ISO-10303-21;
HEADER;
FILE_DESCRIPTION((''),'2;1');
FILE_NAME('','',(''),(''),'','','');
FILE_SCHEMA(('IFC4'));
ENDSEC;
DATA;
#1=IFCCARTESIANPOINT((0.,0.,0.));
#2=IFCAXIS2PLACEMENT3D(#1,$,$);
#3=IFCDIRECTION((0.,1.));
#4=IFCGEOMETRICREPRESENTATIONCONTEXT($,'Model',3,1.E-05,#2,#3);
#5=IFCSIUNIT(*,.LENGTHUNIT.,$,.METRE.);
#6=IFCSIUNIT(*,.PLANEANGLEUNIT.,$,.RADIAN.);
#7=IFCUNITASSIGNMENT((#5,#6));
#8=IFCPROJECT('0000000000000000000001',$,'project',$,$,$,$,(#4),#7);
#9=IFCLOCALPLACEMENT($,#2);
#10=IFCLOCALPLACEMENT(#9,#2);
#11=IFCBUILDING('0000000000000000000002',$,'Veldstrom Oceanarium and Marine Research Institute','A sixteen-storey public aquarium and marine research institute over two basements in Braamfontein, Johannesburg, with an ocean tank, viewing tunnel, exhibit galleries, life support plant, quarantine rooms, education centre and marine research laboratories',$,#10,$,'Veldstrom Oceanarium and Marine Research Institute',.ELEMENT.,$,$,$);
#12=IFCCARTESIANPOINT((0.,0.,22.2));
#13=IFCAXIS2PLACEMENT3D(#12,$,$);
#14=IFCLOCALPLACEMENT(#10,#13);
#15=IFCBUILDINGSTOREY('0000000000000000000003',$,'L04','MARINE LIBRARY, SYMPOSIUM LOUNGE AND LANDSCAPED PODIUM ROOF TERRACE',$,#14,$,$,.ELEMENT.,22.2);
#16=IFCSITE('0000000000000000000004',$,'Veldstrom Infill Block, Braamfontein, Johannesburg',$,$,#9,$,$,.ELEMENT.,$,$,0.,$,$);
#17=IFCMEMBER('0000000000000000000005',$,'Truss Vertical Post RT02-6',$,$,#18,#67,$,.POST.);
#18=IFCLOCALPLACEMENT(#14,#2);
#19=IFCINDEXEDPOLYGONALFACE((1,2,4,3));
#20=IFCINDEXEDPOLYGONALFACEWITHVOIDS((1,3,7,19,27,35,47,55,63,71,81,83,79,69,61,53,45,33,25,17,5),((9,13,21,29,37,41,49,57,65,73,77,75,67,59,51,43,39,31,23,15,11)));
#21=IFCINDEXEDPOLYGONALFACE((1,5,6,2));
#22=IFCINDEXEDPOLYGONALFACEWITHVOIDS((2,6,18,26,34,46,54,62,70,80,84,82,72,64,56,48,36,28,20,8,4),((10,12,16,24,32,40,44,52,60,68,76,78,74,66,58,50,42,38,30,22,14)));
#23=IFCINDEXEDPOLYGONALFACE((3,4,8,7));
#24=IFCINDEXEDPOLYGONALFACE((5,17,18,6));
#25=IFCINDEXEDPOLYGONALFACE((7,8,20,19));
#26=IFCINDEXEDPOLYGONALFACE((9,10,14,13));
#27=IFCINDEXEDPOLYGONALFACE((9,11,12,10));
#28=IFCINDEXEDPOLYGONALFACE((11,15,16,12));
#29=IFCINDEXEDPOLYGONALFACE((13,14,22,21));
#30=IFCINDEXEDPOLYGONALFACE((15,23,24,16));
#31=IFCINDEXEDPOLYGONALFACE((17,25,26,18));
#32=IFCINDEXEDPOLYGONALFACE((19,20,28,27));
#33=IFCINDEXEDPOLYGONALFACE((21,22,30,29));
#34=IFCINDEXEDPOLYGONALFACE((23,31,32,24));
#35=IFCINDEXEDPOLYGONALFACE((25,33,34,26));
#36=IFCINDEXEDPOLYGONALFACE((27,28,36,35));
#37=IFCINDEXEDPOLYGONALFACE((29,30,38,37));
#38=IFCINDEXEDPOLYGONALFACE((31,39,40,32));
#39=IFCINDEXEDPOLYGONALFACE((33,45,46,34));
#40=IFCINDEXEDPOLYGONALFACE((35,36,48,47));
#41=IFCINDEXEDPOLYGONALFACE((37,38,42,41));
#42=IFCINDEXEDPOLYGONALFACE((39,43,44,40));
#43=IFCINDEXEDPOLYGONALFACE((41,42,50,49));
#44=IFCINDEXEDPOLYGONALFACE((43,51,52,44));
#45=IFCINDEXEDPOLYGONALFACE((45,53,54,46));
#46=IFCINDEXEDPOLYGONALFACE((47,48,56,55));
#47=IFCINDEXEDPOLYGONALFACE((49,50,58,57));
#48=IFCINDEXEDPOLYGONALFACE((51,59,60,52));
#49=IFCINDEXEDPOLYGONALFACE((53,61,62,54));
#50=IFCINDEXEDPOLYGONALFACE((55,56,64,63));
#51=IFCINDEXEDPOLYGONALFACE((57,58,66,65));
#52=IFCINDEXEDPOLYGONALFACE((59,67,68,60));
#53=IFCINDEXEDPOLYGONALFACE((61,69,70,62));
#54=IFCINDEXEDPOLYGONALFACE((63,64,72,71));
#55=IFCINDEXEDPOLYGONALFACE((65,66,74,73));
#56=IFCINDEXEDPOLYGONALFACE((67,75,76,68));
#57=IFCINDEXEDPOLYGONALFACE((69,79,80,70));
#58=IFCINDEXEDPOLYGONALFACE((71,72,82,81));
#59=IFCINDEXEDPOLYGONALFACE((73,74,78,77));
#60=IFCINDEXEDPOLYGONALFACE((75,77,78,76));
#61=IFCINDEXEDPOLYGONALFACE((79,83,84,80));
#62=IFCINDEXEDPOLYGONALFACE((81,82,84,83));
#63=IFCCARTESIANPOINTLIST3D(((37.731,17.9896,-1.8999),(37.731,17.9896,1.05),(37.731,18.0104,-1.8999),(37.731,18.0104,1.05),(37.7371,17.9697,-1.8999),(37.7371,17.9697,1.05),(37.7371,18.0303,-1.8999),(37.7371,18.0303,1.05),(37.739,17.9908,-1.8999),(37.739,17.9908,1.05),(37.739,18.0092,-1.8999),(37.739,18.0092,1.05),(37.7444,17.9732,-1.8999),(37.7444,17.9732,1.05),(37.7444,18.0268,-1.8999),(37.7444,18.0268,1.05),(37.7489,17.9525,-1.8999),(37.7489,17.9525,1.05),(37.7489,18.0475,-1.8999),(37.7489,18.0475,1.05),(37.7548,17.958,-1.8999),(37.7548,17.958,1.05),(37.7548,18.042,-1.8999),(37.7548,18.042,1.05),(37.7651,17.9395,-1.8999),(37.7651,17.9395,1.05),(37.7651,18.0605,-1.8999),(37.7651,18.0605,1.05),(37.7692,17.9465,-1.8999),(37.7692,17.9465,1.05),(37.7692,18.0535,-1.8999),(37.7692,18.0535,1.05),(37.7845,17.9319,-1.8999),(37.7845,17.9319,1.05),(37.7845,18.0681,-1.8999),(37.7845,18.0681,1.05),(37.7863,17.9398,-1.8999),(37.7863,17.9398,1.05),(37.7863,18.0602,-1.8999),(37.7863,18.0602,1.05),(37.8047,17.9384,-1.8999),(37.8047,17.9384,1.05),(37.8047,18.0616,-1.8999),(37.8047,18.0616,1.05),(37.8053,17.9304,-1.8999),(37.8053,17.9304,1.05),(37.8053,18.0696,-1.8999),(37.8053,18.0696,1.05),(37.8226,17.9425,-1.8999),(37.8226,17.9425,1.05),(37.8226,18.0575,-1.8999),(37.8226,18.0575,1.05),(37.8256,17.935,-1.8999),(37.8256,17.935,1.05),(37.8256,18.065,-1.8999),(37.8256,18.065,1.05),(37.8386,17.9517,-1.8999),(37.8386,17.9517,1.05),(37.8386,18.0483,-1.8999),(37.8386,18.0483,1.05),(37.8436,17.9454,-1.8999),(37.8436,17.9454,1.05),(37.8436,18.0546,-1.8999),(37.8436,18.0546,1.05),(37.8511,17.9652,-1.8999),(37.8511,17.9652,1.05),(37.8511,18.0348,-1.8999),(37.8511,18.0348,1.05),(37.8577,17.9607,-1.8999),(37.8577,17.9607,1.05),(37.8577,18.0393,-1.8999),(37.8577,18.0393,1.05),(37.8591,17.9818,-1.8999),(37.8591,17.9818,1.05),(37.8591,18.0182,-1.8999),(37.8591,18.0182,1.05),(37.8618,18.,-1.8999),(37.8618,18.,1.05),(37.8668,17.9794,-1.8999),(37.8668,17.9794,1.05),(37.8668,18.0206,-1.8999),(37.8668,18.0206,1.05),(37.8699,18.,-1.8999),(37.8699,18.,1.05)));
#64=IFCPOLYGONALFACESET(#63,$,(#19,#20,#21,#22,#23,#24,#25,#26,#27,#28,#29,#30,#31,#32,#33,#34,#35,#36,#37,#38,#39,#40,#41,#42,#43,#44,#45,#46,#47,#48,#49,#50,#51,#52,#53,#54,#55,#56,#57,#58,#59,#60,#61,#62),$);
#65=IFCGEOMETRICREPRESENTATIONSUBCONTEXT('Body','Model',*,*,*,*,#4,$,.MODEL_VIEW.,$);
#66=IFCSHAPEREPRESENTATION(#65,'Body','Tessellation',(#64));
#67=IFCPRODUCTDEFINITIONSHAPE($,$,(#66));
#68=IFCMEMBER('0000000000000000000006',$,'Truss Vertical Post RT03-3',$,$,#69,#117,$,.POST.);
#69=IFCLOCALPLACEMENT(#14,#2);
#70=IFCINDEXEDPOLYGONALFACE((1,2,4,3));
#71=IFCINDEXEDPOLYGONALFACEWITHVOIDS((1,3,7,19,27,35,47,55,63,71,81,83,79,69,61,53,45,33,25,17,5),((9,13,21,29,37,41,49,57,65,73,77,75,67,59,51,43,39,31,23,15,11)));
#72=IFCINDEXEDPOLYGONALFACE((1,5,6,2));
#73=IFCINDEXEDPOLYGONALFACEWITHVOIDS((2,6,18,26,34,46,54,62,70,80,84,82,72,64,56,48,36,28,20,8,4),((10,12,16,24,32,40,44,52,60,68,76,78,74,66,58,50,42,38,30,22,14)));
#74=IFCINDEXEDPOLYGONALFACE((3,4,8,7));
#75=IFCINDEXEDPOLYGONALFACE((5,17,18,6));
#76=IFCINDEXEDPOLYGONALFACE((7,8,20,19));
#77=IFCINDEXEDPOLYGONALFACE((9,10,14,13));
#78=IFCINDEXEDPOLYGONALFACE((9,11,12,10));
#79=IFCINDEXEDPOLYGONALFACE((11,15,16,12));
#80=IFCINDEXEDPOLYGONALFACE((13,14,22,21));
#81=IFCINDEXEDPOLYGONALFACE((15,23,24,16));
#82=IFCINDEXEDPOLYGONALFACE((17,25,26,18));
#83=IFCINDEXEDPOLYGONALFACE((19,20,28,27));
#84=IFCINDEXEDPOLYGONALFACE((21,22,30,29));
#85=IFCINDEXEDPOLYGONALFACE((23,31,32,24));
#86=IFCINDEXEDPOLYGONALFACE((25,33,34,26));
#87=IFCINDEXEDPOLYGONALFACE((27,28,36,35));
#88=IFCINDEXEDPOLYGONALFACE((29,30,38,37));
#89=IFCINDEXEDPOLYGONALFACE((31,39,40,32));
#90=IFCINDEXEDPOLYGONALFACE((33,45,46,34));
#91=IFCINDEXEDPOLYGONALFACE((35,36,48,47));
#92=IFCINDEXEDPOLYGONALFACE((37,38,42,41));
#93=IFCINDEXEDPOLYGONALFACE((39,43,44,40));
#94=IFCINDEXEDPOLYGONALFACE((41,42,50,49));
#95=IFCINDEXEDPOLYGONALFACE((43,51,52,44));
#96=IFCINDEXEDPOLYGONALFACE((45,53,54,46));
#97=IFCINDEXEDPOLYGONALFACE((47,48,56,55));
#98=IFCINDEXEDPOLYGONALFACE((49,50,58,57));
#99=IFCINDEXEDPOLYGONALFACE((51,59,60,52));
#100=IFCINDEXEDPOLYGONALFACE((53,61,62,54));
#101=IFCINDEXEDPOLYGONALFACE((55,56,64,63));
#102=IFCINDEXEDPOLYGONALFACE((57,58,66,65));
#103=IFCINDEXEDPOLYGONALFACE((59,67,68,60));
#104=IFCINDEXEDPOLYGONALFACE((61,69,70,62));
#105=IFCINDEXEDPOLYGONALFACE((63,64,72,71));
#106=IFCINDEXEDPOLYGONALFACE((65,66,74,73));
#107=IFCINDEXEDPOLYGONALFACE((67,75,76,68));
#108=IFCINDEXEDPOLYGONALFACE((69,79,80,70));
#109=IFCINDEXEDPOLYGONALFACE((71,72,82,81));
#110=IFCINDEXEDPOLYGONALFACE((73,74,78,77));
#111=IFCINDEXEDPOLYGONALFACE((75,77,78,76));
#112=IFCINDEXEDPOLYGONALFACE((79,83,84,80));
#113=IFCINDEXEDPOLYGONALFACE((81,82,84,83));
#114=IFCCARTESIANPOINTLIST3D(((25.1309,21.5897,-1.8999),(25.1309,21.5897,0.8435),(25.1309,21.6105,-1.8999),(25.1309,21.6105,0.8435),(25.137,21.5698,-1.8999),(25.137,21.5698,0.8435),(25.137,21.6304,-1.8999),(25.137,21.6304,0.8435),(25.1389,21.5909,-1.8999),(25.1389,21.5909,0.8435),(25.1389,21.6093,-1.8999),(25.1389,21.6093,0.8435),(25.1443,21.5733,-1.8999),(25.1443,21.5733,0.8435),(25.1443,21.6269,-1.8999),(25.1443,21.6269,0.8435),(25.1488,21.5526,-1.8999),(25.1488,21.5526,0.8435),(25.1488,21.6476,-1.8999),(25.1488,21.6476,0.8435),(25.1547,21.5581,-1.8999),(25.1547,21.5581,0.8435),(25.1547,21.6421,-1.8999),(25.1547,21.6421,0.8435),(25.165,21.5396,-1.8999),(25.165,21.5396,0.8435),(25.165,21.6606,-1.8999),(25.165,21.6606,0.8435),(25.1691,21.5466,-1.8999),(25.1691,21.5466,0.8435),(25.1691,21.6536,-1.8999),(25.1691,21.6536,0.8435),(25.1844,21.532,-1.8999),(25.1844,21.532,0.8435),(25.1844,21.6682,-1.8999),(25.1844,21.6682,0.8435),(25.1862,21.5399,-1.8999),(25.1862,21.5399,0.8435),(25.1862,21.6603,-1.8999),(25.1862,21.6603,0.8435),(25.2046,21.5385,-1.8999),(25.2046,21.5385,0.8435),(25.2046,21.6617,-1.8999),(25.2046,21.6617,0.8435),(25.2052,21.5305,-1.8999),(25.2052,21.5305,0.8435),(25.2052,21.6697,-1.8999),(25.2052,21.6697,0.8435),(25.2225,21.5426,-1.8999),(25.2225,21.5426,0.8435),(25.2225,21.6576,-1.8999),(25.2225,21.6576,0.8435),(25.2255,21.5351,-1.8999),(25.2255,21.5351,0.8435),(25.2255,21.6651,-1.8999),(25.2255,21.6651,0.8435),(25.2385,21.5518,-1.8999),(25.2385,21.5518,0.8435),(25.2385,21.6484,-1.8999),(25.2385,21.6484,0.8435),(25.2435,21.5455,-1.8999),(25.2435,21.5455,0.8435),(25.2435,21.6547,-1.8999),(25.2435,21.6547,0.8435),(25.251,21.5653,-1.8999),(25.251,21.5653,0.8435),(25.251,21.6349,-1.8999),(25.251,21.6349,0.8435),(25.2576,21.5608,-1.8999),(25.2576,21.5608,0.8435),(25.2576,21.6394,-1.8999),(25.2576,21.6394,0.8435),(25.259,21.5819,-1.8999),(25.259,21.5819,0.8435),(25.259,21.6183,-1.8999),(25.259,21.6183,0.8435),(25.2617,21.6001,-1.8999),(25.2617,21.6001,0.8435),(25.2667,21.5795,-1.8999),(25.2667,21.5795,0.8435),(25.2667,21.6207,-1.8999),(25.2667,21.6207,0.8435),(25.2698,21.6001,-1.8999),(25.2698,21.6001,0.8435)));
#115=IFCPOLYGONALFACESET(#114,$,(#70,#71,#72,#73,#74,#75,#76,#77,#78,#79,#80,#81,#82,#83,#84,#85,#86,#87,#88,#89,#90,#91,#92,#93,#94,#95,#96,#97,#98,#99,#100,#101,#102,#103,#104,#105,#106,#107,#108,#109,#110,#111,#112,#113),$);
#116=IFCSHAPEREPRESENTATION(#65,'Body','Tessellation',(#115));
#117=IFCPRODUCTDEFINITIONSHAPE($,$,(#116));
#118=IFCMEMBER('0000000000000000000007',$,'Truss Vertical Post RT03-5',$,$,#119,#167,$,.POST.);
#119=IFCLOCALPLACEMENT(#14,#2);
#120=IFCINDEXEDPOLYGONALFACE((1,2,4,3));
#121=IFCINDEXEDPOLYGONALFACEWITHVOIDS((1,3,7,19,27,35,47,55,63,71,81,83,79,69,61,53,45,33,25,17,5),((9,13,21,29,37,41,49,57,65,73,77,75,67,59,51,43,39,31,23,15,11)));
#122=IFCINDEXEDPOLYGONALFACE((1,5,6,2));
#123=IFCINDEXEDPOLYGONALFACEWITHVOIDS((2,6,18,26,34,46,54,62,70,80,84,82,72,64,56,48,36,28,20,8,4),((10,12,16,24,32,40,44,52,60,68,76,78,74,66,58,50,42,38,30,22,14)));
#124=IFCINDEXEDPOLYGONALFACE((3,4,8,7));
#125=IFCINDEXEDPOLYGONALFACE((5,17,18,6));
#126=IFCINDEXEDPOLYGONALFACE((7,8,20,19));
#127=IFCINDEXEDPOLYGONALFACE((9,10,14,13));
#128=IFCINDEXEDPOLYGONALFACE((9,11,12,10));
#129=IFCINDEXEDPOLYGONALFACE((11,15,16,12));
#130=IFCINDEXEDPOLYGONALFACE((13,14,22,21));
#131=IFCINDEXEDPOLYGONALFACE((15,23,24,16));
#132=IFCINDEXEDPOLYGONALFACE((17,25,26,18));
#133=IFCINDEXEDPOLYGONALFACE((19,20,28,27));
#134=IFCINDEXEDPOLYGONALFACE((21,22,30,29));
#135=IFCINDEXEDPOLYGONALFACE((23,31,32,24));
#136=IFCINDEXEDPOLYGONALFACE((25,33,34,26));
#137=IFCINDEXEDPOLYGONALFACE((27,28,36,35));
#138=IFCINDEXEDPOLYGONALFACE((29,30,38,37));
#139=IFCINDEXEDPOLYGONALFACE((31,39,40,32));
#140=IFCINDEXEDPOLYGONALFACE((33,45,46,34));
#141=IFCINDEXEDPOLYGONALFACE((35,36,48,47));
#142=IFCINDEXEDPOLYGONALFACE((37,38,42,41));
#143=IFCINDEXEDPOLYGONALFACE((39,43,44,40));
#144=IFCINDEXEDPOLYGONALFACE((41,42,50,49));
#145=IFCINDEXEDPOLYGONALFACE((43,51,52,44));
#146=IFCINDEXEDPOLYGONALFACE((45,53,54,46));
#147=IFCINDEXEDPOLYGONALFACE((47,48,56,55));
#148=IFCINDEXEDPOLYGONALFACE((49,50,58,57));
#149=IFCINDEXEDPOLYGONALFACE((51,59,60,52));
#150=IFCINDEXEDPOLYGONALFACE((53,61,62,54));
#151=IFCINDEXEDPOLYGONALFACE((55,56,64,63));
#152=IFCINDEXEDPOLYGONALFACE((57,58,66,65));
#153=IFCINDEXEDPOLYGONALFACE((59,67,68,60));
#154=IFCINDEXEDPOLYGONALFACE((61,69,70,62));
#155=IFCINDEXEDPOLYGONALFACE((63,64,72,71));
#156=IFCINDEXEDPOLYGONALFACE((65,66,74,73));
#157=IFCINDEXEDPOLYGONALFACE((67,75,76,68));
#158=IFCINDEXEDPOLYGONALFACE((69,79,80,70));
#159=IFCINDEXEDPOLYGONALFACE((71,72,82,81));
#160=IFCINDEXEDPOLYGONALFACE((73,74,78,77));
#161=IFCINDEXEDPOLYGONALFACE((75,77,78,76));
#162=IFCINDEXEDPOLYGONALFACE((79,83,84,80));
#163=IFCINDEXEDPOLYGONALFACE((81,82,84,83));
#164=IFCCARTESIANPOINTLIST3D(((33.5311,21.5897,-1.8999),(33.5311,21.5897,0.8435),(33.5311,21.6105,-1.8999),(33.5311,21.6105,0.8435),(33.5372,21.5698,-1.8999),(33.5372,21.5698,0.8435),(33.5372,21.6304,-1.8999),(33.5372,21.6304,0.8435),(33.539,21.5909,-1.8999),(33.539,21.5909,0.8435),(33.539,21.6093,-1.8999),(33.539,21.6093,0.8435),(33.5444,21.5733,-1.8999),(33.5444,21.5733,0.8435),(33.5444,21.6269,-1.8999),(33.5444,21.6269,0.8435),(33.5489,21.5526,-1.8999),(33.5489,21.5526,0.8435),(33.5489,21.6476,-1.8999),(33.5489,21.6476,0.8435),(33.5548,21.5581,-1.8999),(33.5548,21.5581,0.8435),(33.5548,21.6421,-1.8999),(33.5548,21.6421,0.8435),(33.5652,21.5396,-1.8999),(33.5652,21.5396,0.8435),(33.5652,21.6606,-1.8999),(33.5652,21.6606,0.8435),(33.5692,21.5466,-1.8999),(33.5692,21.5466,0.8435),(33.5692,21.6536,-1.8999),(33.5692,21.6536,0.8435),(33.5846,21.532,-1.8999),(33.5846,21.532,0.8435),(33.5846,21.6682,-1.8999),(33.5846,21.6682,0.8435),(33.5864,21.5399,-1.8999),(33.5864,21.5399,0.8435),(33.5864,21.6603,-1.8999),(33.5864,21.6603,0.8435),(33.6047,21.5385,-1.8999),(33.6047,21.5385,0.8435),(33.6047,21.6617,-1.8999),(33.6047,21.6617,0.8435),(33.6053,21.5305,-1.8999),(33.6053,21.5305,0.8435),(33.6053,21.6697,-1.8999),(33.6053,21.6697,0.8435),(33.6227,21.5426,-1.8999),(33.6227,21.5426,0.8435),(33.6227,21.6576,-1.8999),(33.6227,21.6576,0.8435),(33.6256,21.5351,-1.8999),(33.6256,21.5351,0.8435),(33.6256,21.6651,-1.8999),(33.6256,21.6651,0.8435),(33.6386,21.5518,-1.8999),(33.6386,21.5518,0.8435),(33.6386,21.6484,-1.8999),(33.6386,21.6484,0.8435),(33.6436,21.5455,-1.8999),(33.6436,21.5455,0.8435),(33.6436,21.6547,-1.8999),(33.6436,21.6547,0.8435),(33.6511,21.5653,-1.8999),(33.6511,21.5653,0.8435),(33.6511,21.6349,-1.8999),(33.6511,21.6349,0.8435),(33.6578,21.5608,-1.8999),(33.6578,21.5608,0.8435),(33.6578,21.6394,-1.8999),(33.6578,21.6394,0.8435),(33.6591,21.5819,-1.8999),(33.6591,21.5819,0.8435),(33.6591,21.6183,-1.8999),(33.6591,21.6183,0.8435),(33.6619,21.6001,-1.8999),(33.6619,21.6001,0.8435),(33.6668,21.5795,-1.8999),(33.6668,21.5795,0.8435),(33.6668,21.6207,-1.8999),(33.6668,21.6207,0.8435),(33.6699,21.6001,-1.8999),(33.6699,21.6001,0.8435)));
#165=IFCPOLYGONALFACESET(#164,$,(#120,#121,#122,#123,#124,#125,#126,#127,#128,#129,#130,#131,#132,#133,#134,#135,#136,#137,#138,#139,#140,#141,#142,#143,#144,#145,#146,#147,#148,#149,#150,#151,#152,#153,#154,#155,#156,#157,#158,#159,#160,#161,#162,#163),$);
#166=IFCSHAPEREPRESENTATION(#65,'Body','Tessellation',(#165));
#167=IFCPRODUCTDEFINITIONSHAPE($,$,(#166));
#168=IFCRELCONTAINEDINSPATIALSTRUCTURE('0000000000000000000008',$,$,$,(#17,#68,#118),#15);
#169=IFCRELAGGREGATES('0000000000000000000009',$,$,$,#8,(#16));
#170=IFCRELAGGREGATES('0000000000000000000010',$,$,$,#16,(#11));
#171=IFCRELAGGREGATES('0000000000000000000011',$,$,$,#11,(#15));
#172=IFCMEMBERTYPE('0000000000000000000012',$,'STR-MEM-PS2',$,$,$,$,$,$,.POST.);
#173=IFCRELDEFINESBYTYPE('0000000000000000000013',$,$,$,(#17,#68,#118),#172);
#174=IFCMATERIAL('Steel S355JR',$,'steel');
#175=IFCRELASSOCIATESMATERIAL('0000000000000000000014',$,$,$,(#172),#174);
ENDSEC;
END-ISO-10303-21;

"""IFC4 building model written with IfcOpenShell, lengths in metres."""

from ifc_helpers import new_model, si_unit, direction, frame, origin, origin_2d, place, context, subcontext, project, spatial, hollow_circle, extrude, material, material_profile, profile_set, type_object, element, save


model = new_model("IFC4")

# Units and contexts
model_context = context("Model", 3, precision=1e-05, world=origin(), true_north=direction((0.0, 1.0)))
body_context = subcontext(model_context, "Body", "Model", "MODEL_VIEW")
ifc_project = project(units=[si_unit("LENGTHUNIT", "METRE"), si_unit("PLANEANGLEUNIT", "RADIAN")], contexts=[model_context])

# Site, building, storey
site_placement = place(None, origin())
site = spatial("IfcSite", under=ifc_project, at=site_placement, Name="Veldstrom Infill Block, Braamfontein, Johannesburg", CompositionType="ELEMENT", RefElevation=0.0)
building_placement = place(site_placement, origin())
building = spatial("IfcBuilding", under=site, at=building_placement, Name="Veldstrom Oceanarium and Marine Research Institute", Description="A sixteen-storey public aquarium and marine research institute over two basements in Braamfontein, Johannesburg, with an ocean tank, viewing tunnel, exhibit galleries, life support plant, quarantine rooms, education centre and marine research laboratories", LongName="Veldstrom Oceanarium and Marine Research Institute", CompositionType="ELEMENT")
storey_placement = place(building_placement, frame((0.0, 0.0, 22.2)))
storey = spatial("IfcBuildingStorey", under=building, at=storey_placement, Name="L04", Description="MARINE LIBRARY, SYMPOSIUM LOUNGE AND LANDSCAPED PODIUM ROOF TERRACE", CompositionType="ELEMENT", Elevation=22.2)

# Members
ifc_material_1 = material(Name="Steel S355JR", Category="steel")
ifc_material_profile_1 = material_profile(ifc_material_1, hollow_circle(Radius=0.0698, WallThickness=0.0081, at=origin_2d()), Name="CHS 139.7x8")
ifc_profile_set_1 = profile_set([ifc_material_profile_1], Name="Steel S355JR")
member_type_1 = type_object("IfcMemberType", Name="STR-MEM-PS2", PredefinedType="POST", material=ifc_profile_set_1)
for number, where, z_axis, x_axis, name in (
    (1, (37.8, 18.0, -1.8999), (0.0, 0.0, 1.0), (1.0, 0.0, 0.0), "Truss Vertical Post RT02-6"),
):
    element("IfcMember", number, at=place(storey_placement, frame(where, z_axis=z_axis, x_axis=x_axis)), inside=storey, type_object=member_type_1, Name=name, PredefinedType="POST", context=body_context, shape_type="SweptSolid", body=[
        extrude(hollow_circle(Radius=0.0698, WallThickness=0.0081, at=origin_2d()), origin(), (0.0, 0.0, 1.0), 2.95),
    ])
for number, where, z_axis, x_axis, name in (
    (2, (25.2, 21.6001, -1.8999), (0.0, 0.0, 1.0), (1.0, 0.0, 0.0), "Truss Vertical Post RT03-3"),
    (3, (33.6001, 21.6001, -1.8999), (0.0, 0.0, 1.0), (1.0, 0.0, 0.0), "Truss Vertical Post RT03-5"),
):
    element("IfcMember", number, at=place(storey_placement, frame(where, z_axis=z_axis, x_axis=x_axis)), inside=storey, type_object=member_type_1, Name=name, PredefinedType="POST", context=body_context, shape_type="SweptSolid", body=[
        extrude(hollow_circle(Radius=0.0698, WallThickness=0.0081, at=origin_2d()), origin(), (0.0, 0.0, 1.0), 2.7434),
    ])

save(model, "model.ifc")
